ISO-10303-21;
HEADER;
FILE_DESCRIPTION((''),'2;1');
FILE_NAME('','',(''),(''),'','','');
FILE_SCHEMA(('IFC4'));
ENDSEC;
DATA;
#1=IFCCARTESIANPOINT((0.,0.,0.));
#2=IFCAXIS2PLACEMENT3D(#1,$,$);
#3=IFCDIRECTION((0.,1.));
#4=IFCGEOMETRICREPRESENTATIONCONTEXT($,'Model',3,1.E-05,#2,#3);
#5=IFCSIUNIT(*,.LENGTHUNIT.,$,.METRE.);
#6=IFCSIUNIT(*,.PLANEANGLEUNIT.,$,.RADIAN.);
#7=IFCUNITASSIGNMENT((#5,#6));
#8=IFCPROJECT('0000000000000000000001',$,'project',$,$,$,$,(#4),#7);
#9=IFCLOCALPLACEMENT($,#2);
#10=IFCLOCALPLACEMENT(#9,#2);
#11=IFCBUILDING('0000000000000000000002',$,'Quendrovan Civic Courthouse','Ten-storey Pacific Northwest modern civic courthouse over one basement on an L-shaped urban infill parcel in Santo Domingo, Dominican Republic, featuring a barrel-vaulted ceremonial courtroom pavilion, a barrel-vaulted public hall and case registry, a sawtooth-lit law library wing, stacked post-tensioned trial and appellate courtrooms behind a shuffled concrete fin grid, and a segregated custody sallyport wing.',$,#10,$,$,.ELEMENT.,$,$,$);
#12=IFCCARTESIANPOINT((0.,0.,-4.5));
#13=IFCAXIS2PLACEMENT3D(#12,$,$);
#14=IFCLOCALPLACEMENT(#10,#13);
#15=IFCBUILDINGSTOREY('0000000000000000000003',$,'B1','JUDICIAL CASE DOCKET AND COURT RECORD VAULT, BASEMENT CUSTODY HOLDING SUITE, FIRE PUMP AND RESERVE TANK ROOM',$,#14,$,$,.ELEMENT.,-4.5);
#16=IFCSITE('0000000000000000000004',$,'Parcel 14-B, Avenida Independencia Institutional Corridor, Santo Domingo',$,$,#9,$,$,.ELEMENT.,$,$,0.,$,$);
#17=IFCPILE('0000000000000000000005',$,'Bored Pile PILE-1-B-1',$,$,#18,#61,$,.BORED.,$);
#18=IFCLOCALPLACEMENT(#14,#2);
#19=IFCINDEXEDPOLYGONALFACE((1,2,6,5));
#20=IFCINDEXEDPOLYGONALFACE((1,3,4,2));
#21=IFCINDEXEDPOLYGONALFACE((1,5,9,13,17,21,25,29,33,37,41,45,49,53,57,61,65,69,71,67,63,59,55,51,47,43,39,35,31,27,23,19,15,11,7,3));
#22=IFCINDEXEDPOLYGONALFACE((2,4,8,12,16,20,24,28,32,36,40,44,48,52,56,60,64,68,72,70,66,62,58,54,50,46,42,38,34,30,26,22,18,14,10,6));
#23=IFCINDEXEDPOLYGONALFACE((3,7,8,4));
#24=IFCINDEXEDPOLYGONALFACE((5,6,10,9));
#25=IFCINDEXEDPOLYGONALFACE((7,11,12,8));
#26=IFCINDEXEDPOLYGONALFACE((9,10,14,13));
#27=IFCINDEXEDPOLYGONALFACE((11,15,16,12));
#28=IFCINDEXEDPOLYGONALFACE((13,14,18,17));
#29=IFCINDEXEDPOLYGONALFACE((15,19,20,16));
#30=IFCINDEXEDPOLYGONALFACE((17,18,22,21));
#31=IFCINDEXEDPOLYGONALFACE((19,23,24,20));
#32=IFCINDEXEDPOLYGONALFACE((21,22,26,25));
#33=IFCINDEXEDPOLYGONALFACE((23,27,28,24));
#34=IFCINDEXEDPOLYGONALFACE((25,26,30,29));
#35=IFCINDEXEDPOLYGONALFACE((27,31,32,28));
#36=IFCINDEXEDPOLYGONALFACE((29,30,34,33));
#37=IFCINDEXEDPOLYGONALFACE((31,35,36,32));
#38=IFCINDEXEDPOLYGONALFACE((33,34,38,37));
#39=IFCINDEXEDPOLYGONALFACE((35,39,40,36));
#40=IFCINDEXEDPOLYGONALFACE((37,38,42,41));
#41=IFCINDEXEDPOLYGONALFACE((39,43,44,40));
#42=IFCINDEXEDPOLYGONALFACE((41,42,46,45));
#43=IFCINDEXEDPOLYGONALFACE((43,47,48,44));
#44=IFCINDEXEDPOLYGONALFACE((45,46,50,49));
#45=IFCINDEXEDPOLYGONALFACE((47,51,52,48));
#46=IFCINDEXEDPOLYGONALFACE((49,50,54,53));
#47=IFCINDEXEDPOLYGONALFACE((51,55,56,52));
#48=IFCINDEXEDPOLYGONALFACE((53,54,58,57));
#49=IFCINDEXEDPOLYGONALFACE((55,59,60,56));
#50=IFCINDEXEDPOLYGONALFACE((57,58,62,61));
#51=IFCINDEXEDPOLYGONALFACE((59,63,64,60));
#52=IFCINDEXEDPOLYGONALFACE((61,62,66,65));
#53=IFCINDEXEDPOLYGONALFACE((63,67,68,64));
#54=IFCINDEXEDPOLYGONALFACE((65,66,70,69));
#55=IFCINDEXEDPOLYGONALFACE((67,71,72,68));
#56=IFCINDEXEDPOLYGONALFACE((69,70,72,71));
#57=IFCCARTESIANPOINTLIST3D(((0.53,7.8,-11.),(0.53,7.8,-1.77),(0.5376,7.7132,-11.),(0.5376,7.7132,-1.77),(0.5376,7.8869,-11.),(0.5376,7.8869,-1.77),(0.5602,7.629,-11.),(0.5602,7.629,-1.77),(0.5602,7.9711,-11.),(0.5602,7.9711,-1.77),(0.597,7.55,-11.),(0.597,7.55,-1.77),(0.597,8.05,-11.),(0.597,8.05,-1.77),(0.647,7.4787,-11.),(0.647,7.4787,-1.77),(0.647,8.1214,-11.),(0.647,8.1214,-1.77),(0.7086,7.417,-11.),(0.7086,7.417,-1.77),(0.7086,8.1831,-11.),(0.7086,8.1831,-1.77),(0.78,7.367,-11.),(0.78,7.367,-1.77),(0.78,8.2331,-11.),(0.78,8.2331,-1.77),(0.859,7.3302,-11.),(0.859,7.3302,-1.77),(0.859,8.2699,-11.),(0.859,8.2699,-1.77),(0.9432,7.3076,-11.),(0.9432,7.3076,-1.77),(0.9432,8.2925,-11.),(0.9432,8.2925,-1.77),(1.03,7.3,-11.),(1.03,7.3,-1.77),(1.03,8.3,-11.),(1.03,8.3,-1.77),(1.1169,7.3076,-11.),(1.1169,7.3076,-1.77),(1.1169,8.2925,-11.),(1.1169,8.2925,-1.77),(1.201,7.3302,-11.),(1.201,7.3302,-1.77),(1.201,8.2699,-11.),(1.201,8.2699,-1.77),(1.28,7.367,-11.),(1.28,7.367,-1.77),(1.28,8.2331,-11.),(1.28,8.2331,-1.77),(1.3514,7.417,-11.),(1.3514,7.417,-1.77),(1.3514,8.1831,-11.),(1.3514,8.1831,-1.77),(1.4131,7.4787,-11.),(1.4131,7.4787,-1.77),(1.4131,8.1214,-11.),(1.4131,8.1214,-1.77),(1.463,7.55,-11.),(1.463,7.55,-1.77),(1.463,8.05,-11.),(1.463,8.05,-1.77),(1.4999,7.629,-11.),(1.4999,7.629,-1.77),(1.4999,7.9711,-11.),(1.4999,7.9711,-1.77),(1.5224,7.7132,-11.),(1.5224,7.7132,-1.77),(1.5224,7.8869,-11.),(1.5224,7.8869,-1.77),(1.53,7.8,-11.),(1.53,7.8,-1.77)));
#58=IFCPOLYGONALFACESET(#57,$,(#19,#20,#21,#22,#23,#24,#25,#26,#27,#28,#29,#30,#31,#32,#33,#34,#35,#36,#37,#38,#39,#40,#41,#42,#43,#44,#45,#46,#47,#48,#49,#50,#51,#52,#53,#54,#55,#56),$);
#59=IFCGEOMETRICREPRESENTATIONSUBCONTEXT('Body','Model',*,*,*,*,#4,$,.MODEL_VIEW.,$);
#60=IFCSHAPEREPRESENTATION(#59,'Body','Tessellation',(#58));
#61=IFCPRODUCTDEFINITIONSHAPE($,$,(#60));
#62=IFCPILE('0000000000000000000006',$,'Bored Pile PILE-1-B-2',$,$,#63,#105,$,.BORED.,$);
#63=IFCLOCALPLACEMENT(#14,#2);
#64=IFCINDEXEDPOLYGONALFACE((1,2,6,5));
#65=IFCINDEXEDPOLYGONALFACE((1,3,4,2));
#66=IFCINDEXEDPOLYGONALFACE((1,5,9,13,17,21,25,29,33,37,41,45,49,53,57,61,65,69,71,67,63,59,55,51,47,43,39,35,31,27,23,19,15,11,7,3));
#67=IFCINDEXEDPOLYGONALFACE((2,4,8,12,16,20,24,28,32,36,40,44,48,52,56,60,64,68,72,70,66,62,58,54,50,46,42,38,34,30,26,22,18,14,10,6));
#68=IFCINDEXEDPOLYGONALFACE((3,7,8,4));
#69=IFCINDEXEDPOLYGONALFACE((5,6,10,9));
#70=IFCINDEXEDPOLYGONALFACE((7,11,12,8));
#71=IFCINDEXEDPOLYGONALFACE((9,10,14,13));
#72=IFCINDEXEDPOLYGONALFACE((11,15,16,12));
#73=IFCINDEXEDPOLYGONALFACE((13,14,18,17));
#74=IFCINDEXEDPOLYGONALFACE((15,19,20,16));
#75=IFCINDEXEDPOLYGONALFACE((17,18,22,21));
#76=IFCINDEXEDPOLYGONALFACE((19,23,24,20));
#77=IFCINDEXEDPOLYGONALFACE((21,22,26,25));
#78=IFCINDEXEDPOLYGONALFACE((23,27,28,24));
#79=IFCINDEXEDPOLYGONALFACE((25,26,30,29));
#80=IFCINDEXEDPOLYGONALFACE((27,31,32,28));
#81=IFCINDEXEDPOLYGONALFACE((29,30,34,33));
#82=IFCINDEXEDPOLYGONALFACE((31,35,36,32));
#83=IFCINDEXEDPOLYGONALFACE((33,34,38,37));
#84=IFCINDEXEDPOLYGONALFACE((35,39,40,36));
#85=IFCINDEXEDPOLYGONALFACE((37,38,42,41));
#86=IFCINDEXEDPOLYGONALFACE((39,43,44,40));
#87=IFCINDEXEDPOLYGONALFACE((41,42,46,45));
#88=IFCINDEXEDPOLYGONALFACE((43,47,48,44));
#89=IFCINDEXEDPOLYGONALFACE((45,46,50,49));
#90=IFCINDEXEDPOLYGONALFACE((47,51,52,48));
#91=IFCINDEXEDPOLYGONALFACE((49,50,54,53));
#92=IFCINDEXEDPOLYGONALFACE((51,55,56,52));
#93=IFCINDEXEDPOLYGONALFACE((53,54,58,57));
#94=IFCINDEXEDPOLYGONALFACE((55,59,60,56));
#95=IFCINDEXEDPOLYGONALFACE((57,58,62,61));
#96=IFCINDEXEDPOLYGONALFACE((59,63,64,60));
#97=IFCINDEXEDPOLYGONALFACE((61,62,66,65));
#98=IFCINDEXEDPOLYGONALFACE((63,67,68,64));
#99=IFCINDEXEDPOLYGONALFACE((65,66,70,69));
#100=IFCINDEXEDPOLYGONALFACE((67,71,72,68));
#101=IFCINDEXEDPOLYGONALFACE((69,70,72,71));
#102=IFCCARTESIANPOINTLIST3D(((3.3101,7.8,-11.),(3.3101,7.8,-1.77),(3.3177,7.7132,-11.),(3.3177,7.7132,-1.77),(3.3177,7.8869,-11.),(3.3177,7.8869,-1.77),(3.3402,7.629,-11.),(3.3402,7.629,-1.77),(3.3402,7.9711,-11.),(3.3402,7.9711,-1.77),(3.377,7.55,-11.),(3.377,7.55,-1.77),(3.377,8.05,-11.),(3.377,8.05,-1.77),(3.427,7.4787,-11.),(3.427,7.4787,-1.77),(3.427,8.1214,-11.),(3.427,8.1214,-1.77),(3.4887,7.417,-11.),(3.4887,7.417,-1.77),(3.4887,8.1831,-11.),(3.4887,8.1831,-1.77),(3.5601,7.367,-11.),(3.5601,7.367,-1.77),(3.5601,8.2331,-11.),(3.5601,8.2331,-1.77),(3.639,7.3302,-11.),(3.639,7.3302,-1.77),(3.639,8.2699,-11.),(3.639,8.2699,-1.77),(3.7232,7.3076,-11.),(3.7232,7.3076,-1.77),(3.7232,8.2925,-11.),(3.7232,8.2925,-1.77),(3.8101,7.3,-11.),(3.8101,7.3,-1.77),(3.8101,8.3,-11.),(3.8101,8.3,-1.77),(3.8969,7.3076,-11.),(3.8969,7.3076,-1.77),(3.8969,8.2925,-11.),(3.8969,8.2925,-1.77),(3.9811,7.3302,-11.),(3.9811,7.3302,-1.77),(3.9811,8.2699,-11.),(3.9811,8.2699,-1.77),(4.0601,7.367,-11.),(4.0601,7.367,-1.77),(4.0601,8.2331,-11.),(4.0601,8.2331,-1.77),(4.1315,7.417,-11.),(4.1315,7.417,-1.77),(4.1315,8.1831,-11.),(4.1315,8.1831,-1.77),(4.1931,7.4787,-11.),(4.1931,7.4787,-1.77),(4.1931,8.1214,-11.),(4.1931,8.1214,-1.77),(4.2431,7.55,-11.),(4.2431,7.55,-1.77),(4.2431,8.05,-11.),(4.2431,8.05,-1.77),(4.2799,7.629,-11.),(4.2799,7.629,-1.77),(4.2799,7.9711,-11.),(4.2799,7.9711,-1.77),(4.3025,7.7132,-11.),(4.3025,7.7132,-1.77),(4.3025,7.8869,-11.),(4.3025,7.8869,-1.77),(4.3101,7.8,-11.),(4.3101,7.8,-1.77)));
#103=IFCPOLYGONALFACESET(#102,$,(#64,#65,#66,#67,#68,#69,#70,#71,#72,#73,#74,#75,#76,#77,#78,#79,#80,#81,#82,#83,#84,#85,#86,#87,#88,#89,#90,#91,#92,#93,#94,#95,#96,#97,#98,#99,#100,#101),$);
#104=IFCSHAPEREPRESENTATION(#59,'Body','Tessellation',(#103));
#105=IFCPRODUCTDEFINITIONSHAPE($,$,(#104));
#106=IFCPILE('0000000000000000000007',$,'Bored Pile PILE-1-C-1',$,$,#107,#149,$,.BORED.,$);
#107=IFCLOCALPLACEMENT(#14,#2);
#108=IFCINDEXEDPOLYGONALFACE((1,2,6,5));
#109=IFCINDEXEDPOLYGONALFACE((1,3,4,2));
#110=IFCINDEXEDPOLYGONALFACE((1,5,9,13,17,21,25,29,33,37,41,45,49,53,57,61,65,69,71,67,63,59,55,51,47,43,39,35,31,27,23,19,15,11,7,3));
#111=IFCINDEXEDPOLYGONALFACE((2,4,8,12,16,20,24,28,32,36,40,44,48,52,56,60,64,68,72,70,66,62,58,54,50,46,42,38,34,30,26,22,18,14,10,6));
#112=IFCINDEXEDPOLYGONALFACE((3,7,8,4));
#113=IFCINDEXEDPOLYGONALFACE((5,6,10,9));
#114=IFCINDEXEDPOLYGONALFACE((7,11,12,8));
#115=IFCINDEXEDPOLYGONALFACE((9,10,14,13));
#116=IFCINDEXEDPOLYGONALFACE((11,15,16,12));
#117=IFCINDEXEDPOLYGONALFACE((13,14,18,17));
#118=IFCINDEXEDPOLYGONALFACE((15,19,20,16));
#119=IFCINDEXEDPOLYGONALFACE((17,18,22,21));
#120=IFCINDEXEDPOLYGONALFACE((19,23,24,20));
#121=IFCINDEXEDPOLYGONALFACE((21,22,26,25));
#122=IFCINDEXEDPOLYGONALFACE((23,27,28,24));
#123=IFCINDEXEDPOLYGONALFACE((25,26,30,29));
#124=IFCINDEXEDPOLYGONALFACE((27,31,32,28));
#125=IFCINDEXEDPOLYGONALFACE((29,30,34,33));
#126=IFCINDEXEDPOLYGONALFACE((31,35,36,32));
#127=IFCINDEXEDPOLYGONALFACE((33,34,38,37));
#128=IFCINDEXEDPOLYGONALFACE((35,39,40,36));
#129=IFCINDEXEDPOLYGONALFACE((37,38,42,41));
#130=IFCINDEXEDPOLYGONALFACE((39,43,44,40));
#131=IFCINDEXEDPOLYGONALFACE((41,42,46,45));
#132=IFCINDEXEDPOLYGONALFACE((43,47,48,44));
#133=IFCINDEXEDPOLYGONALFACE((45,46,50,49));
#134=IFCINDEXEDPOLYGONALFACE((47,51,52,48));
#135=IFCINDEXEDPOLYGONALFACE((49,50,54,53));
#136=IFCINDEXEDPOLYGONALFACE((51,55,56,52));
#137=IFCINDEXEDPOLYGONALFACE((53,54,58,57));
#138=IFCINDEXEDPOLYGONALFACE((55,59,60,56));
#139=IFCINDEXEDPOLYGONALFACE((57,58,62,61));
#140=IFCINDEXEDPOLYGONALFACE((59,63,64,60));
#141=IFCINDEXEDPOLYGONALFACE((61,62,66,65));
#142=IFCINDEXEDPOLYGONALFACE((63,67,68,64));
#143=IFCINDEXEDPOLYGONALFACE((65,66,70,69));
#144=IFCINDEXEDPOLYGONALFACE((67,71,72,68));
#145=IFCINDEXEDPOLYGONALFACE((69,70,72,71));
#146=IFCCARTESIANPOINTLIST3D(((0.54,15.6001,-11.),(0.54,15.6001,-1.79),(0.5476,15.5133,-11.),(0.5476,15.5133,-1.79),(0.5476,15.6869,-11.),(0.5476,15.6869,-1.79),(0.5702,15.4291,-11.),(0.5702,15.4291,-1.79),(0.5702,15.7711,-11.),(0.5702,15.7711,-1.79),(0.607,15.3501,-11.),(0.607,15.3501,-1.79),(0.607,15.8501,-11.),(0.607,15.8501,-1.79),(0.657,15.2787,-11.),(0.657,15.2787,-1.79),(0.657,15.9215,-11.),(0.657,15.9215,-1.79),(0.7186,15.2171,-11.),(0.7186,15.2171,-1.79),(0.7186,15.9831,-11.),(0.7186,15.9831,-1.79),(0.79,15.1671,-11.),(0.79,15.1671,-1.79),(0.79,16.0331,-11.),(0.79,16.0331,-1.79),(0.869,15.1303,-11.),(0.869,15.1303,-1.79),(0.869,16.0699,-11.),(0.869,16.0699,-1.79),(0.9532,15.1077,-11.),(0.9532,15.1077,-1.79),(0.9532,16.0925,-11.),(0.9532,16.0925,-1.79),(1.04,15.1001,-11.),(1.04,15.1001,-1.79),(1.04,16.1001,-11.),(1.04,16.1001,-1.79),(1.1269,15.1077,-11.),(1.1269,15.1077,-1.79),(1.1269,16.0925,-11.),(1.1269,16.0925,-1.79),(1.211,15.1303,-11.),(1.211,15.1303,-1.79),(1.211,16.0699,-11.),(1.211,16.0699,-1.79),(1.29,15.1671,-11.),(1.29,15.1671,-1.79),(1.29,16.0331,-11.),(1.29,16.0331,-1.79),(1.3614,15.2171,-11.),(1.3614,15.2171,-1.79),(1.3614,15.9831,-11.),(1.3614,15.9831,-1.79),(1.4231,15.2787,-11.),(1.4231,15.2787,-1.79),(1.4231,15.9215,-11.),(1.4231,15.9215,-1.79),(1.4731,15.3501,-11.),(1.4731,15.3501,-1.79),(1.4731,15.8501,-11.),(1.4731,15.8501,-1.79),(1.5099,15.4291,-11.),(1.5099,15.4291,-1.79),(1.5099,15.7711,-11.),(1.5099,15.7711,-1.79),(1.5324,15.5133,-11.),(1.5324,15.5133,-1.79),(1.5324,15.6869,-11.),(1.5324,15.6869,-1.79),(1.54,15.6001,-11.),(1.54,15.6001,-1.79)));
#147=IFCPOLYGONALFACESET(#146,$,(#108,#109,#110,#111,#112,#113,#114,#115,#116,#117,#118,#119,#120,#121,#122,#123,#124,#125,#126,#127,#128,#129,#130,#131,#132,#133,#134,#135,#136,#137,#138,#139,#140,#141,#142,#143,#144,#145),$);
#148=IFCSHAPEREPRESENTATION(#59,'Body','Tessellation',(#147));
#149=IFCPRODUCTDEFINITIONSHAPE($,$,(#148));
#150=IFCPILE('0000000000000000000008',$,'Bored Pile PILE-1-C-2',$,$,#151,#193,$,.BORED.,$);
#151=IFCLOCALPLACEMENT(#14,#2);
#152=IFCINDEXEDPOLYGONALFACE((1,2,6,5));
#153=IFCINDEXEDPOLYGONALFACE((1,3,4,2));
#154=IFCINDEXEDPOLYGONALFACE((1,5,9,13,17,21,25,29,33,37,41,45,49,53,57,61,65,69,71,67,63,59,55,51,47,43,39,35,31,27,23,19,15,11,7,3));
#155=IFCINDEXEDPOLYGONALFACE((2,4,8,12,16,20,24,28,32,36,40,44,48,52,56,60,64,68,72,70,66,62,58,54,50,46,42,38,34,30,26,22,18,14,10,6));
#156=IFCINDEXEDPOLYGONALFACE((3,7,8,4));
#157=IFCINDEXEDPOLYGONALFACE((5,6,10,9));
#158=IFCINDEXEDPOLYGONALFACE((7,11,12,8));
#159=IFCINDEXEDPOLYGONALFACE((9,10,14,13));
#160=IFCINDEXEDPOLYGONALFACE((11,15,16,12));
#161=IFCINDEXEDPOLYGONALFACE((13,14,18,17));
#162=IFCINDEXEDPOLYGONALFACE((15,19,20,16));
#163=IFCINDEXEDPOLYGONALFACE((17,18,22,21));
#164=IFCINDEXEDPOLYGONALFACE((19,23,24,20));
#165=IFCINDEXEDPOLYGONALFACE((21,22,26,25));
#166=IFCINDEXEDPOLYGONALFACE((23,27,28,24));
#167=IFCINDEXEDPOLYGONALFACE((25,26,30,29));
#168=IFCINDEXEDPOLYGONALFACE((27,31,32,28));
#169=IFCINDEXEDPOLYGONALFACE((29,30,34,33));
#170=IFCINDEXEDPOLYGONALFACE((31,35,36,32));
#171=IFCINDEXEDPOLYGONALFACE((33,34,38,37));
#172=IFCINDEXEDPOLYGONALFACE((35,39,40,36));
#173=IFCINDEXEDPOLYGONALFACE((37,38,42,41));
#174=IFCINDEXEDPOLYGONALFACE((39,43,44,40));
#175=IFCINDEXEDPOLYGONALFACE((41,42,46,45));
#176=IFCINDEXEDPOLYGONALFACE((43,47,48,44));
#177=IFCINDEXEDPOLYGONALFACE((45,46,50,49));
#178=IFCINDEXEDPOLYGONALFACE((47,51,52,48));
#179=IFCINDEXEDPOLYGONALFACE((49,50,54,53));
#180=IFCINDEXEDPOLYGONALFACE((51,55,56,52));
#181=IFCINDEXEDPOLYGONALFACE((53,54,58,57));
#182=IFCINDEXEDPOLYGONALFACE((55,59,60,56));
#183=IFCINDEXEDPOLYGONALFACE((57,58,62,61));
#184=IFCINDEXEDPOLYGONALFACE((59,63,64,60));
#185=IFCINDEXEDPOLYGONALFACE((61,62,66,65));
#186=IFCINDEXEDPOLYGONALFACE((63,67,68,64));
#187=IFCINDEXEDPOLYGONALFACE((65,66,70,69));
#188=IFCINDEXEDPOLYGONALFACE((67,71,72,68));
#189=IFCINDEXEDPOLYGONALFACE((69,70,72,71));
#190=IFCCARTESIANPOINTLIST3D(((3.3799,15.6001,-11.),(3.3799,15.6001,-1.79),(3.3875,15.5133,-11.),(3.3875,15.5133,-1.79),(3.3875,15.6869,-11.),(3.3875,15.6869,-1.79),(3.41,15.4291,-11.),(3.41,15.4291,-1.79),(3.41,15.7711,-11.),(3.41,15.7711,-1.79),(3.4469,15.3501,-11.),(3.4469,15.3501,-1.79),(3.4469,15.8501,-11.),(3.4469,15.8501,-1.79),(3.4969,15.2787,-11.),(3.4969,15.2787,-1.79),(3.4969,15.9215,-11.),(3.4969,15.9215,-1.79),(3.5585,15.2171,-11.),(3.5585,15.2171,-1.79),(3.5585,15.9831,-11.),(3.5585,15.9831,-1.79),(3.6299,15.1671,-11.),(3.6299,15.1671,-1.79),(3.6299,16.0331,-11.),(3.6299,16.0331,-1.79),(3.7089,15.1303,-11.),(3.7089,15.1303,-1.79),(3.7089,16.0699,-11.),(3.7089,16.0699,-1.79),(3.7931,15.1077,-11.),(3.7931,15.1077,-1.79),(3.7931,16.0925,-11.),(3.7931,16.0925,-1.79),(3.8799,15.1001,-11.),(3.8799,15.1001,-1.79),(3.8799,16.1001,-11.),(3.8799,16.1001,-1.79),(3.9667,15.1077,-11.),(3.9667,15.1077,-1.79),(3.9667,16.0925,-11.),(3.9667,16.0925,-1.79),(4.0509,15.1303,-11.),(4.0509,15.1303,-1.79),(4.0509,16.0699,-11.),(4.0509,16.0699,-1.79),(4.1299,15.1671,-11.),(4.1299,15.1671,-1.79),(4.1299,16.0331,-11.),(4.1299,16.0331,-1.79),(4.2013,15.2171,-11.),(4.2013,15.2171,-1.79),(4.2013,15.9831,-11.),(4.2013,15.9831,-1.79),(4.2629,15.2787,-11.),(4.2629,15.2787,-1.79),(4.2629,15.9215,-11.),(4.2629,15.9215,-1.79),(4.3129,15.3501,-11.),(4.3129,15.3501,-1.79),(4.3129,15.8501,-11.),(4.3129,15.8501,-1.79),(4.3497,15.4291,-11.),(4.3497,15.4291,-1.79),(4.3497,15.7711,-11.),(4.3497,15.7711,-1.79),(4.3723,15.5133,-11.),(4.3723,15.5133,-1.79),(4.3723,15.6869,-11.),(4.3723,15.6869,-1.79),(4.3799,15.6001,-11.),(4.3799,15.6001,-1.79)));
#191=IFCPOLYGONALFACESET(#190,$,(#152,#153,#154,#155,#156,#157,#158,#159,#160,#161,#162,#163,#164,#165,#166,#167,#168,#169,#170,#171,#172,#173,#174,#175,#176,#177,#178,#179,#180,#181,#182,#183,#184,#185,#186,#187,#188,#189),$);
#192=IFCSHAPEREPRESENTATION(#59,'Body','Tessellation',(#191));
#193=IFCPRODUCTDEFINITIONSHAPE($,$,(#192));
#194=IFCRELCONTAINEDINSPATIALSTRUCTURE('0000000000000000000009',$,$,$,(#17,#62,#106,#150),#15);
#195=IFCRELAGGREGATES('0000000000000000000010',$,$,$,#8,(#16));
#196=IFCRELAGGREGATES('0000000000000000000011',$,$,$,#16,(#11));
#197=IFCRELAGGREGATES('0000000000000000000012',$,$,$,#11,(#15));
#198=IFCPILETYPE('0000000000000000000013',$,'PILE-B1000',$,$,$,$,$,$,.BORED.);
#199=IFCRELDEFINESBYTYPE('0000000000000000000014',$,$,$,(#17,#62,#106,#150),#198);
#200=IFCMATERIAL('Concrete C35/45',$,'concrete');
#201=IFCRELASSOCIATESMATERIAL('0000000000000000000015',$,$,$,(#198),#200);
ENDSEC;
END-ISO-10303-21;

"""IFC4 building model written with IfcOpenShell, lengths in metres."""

from ifc_helpers import new_model, si_unit, direction, frame, origin, origin_2d, place, context, subcontext, project, spatial, circle, extrude, material, material_profile, profile_set, type_object, element, save


model = new_model("IFC4")

# Units and contexts
model_context = context("Model", 3, precision=1e-05, world=origin(), true_north=direction((0.0, 1.0)))
body_context = subcontext(model_context, "Body", "Model", "MODEL_VIEW")
ifc_project = project(units=[si_unit("LENGTHUNIT", "METRE"), si_unit("PLANEANGLEUNIT", "RADIAN")], contexts=[model_context])

# Site, building, storey
site_placement = place(None, origin())
site = spatial("IfcSite", under=ifc_project, at=site_placement, Name="Parcel 14-B, Avenida Independencia Institutional Corridor, Santo Domingo", CompositionType="ELEMENT", RefElevation=0.0)
building_placement = place(site_placement, origin())
building = spatial("IfcBuilding", under=site, at=building_placement, Name="Quendrovan Civic Courthouse", Description="Ten-storey Pacific Northwest modern civic courthouse over one basement on an L-shaped urban infill parcel in Santo Domingo, Dominican Republic, featuring a barrel-vaulted ceremonial courtroom pavilion, a barrel-vaulted public hall and case registry, a sawtooth-lit law library wing, stacked post-tensioned trial and appellate courtrooms behind a shuffled concrete fin grid, and a segregated custody sallyport wing.", CompositionType="ELEMENT")
storey_placement = place(building_placement, frame((0.0, 0.0, -4.5)))
storey = spatial("IfcBuildingStorey", under=building, at=storey_placement, Name="B1", Description="JUDICIAL CASE DOCKET AND COURT RECORD VAULT, BASEMENT CUSTODY HOLDING SUITE, FIRE PUMP AND RESERVE TANK ROOM", CompositionType="ELEMENT", Elevation=-4.5)

# Shared definitions
ifc_material_1 = material(Name="Concrete C35/45", Category="concrete")

# Piles
ifc_material_profile_1 = material_profile(ifc_material_1, circle(Radius=0.5, at=origin_2d()), Name="PILE-D1000")
ifc_profile_set_1 = profile_set([ifc_material_profile_1], Name="Concrete C35/45")
pile_type = type_object("IfcPileType", Name="PILE-B1000", PredefinedType="BORED", material=ifc_profile_set_1)
for number, where, z_axis, x_axis, name in (
    (1, (1.03, 7.8, -1.77), (0.0, 0.0, -1.0), (1.0, 0.0, 0.0), "Bored Pile PILE-1-B-1"),
    (2, (3.8101, 7.8, -1.77), (0.0, 0.0, -1.0), (1.0, 0.0, 0.0), "Bored Pile PILE-1-B-2"),
):
    element("IfcPile", number, at=place(storey_placement, frame(where, z_axis=z_axis, x_axis=x_axis)), inside=storey, type_object=pile_type, Name=name, PredefinedType="BORED", context=body_context, shape_type="SweptSolid", body=[
        extrude(circle(Radius=0.5, at=origin_2d()), origin(), (0.0, 0.0, 1.0), 9.23),
    ])
for number, where, z_axis, x_axis, name in (
    (3, (1.04, 15.6001, -1.79), (0.0, 0.0, -1.0), (1.0, 0.0, 0.0), "Bored Pile PILE-1-C-1"),
    (4, (3.8799, 15.6001, -1.79), (0.0, 0.0, -1.0), (1.0, 0.0, 0.0), "Bored Pile PILE-1-C-2"),
):
    element("IfcPile", number, at=place(storey_placement, frame(where, z_axis=z_axis, x_axis=x_axis)), inside=storey, type_object=pile_type, Name=name, PredefinedType="BORED", context=body_context, shape_type="SweptSolid", body=[
        extrude(circle(Radius=0.5, at=origin_2d()), origin(), (0.0, 0.0, 1.0), 9.21),
    ])

save(model, "model.ifc")
